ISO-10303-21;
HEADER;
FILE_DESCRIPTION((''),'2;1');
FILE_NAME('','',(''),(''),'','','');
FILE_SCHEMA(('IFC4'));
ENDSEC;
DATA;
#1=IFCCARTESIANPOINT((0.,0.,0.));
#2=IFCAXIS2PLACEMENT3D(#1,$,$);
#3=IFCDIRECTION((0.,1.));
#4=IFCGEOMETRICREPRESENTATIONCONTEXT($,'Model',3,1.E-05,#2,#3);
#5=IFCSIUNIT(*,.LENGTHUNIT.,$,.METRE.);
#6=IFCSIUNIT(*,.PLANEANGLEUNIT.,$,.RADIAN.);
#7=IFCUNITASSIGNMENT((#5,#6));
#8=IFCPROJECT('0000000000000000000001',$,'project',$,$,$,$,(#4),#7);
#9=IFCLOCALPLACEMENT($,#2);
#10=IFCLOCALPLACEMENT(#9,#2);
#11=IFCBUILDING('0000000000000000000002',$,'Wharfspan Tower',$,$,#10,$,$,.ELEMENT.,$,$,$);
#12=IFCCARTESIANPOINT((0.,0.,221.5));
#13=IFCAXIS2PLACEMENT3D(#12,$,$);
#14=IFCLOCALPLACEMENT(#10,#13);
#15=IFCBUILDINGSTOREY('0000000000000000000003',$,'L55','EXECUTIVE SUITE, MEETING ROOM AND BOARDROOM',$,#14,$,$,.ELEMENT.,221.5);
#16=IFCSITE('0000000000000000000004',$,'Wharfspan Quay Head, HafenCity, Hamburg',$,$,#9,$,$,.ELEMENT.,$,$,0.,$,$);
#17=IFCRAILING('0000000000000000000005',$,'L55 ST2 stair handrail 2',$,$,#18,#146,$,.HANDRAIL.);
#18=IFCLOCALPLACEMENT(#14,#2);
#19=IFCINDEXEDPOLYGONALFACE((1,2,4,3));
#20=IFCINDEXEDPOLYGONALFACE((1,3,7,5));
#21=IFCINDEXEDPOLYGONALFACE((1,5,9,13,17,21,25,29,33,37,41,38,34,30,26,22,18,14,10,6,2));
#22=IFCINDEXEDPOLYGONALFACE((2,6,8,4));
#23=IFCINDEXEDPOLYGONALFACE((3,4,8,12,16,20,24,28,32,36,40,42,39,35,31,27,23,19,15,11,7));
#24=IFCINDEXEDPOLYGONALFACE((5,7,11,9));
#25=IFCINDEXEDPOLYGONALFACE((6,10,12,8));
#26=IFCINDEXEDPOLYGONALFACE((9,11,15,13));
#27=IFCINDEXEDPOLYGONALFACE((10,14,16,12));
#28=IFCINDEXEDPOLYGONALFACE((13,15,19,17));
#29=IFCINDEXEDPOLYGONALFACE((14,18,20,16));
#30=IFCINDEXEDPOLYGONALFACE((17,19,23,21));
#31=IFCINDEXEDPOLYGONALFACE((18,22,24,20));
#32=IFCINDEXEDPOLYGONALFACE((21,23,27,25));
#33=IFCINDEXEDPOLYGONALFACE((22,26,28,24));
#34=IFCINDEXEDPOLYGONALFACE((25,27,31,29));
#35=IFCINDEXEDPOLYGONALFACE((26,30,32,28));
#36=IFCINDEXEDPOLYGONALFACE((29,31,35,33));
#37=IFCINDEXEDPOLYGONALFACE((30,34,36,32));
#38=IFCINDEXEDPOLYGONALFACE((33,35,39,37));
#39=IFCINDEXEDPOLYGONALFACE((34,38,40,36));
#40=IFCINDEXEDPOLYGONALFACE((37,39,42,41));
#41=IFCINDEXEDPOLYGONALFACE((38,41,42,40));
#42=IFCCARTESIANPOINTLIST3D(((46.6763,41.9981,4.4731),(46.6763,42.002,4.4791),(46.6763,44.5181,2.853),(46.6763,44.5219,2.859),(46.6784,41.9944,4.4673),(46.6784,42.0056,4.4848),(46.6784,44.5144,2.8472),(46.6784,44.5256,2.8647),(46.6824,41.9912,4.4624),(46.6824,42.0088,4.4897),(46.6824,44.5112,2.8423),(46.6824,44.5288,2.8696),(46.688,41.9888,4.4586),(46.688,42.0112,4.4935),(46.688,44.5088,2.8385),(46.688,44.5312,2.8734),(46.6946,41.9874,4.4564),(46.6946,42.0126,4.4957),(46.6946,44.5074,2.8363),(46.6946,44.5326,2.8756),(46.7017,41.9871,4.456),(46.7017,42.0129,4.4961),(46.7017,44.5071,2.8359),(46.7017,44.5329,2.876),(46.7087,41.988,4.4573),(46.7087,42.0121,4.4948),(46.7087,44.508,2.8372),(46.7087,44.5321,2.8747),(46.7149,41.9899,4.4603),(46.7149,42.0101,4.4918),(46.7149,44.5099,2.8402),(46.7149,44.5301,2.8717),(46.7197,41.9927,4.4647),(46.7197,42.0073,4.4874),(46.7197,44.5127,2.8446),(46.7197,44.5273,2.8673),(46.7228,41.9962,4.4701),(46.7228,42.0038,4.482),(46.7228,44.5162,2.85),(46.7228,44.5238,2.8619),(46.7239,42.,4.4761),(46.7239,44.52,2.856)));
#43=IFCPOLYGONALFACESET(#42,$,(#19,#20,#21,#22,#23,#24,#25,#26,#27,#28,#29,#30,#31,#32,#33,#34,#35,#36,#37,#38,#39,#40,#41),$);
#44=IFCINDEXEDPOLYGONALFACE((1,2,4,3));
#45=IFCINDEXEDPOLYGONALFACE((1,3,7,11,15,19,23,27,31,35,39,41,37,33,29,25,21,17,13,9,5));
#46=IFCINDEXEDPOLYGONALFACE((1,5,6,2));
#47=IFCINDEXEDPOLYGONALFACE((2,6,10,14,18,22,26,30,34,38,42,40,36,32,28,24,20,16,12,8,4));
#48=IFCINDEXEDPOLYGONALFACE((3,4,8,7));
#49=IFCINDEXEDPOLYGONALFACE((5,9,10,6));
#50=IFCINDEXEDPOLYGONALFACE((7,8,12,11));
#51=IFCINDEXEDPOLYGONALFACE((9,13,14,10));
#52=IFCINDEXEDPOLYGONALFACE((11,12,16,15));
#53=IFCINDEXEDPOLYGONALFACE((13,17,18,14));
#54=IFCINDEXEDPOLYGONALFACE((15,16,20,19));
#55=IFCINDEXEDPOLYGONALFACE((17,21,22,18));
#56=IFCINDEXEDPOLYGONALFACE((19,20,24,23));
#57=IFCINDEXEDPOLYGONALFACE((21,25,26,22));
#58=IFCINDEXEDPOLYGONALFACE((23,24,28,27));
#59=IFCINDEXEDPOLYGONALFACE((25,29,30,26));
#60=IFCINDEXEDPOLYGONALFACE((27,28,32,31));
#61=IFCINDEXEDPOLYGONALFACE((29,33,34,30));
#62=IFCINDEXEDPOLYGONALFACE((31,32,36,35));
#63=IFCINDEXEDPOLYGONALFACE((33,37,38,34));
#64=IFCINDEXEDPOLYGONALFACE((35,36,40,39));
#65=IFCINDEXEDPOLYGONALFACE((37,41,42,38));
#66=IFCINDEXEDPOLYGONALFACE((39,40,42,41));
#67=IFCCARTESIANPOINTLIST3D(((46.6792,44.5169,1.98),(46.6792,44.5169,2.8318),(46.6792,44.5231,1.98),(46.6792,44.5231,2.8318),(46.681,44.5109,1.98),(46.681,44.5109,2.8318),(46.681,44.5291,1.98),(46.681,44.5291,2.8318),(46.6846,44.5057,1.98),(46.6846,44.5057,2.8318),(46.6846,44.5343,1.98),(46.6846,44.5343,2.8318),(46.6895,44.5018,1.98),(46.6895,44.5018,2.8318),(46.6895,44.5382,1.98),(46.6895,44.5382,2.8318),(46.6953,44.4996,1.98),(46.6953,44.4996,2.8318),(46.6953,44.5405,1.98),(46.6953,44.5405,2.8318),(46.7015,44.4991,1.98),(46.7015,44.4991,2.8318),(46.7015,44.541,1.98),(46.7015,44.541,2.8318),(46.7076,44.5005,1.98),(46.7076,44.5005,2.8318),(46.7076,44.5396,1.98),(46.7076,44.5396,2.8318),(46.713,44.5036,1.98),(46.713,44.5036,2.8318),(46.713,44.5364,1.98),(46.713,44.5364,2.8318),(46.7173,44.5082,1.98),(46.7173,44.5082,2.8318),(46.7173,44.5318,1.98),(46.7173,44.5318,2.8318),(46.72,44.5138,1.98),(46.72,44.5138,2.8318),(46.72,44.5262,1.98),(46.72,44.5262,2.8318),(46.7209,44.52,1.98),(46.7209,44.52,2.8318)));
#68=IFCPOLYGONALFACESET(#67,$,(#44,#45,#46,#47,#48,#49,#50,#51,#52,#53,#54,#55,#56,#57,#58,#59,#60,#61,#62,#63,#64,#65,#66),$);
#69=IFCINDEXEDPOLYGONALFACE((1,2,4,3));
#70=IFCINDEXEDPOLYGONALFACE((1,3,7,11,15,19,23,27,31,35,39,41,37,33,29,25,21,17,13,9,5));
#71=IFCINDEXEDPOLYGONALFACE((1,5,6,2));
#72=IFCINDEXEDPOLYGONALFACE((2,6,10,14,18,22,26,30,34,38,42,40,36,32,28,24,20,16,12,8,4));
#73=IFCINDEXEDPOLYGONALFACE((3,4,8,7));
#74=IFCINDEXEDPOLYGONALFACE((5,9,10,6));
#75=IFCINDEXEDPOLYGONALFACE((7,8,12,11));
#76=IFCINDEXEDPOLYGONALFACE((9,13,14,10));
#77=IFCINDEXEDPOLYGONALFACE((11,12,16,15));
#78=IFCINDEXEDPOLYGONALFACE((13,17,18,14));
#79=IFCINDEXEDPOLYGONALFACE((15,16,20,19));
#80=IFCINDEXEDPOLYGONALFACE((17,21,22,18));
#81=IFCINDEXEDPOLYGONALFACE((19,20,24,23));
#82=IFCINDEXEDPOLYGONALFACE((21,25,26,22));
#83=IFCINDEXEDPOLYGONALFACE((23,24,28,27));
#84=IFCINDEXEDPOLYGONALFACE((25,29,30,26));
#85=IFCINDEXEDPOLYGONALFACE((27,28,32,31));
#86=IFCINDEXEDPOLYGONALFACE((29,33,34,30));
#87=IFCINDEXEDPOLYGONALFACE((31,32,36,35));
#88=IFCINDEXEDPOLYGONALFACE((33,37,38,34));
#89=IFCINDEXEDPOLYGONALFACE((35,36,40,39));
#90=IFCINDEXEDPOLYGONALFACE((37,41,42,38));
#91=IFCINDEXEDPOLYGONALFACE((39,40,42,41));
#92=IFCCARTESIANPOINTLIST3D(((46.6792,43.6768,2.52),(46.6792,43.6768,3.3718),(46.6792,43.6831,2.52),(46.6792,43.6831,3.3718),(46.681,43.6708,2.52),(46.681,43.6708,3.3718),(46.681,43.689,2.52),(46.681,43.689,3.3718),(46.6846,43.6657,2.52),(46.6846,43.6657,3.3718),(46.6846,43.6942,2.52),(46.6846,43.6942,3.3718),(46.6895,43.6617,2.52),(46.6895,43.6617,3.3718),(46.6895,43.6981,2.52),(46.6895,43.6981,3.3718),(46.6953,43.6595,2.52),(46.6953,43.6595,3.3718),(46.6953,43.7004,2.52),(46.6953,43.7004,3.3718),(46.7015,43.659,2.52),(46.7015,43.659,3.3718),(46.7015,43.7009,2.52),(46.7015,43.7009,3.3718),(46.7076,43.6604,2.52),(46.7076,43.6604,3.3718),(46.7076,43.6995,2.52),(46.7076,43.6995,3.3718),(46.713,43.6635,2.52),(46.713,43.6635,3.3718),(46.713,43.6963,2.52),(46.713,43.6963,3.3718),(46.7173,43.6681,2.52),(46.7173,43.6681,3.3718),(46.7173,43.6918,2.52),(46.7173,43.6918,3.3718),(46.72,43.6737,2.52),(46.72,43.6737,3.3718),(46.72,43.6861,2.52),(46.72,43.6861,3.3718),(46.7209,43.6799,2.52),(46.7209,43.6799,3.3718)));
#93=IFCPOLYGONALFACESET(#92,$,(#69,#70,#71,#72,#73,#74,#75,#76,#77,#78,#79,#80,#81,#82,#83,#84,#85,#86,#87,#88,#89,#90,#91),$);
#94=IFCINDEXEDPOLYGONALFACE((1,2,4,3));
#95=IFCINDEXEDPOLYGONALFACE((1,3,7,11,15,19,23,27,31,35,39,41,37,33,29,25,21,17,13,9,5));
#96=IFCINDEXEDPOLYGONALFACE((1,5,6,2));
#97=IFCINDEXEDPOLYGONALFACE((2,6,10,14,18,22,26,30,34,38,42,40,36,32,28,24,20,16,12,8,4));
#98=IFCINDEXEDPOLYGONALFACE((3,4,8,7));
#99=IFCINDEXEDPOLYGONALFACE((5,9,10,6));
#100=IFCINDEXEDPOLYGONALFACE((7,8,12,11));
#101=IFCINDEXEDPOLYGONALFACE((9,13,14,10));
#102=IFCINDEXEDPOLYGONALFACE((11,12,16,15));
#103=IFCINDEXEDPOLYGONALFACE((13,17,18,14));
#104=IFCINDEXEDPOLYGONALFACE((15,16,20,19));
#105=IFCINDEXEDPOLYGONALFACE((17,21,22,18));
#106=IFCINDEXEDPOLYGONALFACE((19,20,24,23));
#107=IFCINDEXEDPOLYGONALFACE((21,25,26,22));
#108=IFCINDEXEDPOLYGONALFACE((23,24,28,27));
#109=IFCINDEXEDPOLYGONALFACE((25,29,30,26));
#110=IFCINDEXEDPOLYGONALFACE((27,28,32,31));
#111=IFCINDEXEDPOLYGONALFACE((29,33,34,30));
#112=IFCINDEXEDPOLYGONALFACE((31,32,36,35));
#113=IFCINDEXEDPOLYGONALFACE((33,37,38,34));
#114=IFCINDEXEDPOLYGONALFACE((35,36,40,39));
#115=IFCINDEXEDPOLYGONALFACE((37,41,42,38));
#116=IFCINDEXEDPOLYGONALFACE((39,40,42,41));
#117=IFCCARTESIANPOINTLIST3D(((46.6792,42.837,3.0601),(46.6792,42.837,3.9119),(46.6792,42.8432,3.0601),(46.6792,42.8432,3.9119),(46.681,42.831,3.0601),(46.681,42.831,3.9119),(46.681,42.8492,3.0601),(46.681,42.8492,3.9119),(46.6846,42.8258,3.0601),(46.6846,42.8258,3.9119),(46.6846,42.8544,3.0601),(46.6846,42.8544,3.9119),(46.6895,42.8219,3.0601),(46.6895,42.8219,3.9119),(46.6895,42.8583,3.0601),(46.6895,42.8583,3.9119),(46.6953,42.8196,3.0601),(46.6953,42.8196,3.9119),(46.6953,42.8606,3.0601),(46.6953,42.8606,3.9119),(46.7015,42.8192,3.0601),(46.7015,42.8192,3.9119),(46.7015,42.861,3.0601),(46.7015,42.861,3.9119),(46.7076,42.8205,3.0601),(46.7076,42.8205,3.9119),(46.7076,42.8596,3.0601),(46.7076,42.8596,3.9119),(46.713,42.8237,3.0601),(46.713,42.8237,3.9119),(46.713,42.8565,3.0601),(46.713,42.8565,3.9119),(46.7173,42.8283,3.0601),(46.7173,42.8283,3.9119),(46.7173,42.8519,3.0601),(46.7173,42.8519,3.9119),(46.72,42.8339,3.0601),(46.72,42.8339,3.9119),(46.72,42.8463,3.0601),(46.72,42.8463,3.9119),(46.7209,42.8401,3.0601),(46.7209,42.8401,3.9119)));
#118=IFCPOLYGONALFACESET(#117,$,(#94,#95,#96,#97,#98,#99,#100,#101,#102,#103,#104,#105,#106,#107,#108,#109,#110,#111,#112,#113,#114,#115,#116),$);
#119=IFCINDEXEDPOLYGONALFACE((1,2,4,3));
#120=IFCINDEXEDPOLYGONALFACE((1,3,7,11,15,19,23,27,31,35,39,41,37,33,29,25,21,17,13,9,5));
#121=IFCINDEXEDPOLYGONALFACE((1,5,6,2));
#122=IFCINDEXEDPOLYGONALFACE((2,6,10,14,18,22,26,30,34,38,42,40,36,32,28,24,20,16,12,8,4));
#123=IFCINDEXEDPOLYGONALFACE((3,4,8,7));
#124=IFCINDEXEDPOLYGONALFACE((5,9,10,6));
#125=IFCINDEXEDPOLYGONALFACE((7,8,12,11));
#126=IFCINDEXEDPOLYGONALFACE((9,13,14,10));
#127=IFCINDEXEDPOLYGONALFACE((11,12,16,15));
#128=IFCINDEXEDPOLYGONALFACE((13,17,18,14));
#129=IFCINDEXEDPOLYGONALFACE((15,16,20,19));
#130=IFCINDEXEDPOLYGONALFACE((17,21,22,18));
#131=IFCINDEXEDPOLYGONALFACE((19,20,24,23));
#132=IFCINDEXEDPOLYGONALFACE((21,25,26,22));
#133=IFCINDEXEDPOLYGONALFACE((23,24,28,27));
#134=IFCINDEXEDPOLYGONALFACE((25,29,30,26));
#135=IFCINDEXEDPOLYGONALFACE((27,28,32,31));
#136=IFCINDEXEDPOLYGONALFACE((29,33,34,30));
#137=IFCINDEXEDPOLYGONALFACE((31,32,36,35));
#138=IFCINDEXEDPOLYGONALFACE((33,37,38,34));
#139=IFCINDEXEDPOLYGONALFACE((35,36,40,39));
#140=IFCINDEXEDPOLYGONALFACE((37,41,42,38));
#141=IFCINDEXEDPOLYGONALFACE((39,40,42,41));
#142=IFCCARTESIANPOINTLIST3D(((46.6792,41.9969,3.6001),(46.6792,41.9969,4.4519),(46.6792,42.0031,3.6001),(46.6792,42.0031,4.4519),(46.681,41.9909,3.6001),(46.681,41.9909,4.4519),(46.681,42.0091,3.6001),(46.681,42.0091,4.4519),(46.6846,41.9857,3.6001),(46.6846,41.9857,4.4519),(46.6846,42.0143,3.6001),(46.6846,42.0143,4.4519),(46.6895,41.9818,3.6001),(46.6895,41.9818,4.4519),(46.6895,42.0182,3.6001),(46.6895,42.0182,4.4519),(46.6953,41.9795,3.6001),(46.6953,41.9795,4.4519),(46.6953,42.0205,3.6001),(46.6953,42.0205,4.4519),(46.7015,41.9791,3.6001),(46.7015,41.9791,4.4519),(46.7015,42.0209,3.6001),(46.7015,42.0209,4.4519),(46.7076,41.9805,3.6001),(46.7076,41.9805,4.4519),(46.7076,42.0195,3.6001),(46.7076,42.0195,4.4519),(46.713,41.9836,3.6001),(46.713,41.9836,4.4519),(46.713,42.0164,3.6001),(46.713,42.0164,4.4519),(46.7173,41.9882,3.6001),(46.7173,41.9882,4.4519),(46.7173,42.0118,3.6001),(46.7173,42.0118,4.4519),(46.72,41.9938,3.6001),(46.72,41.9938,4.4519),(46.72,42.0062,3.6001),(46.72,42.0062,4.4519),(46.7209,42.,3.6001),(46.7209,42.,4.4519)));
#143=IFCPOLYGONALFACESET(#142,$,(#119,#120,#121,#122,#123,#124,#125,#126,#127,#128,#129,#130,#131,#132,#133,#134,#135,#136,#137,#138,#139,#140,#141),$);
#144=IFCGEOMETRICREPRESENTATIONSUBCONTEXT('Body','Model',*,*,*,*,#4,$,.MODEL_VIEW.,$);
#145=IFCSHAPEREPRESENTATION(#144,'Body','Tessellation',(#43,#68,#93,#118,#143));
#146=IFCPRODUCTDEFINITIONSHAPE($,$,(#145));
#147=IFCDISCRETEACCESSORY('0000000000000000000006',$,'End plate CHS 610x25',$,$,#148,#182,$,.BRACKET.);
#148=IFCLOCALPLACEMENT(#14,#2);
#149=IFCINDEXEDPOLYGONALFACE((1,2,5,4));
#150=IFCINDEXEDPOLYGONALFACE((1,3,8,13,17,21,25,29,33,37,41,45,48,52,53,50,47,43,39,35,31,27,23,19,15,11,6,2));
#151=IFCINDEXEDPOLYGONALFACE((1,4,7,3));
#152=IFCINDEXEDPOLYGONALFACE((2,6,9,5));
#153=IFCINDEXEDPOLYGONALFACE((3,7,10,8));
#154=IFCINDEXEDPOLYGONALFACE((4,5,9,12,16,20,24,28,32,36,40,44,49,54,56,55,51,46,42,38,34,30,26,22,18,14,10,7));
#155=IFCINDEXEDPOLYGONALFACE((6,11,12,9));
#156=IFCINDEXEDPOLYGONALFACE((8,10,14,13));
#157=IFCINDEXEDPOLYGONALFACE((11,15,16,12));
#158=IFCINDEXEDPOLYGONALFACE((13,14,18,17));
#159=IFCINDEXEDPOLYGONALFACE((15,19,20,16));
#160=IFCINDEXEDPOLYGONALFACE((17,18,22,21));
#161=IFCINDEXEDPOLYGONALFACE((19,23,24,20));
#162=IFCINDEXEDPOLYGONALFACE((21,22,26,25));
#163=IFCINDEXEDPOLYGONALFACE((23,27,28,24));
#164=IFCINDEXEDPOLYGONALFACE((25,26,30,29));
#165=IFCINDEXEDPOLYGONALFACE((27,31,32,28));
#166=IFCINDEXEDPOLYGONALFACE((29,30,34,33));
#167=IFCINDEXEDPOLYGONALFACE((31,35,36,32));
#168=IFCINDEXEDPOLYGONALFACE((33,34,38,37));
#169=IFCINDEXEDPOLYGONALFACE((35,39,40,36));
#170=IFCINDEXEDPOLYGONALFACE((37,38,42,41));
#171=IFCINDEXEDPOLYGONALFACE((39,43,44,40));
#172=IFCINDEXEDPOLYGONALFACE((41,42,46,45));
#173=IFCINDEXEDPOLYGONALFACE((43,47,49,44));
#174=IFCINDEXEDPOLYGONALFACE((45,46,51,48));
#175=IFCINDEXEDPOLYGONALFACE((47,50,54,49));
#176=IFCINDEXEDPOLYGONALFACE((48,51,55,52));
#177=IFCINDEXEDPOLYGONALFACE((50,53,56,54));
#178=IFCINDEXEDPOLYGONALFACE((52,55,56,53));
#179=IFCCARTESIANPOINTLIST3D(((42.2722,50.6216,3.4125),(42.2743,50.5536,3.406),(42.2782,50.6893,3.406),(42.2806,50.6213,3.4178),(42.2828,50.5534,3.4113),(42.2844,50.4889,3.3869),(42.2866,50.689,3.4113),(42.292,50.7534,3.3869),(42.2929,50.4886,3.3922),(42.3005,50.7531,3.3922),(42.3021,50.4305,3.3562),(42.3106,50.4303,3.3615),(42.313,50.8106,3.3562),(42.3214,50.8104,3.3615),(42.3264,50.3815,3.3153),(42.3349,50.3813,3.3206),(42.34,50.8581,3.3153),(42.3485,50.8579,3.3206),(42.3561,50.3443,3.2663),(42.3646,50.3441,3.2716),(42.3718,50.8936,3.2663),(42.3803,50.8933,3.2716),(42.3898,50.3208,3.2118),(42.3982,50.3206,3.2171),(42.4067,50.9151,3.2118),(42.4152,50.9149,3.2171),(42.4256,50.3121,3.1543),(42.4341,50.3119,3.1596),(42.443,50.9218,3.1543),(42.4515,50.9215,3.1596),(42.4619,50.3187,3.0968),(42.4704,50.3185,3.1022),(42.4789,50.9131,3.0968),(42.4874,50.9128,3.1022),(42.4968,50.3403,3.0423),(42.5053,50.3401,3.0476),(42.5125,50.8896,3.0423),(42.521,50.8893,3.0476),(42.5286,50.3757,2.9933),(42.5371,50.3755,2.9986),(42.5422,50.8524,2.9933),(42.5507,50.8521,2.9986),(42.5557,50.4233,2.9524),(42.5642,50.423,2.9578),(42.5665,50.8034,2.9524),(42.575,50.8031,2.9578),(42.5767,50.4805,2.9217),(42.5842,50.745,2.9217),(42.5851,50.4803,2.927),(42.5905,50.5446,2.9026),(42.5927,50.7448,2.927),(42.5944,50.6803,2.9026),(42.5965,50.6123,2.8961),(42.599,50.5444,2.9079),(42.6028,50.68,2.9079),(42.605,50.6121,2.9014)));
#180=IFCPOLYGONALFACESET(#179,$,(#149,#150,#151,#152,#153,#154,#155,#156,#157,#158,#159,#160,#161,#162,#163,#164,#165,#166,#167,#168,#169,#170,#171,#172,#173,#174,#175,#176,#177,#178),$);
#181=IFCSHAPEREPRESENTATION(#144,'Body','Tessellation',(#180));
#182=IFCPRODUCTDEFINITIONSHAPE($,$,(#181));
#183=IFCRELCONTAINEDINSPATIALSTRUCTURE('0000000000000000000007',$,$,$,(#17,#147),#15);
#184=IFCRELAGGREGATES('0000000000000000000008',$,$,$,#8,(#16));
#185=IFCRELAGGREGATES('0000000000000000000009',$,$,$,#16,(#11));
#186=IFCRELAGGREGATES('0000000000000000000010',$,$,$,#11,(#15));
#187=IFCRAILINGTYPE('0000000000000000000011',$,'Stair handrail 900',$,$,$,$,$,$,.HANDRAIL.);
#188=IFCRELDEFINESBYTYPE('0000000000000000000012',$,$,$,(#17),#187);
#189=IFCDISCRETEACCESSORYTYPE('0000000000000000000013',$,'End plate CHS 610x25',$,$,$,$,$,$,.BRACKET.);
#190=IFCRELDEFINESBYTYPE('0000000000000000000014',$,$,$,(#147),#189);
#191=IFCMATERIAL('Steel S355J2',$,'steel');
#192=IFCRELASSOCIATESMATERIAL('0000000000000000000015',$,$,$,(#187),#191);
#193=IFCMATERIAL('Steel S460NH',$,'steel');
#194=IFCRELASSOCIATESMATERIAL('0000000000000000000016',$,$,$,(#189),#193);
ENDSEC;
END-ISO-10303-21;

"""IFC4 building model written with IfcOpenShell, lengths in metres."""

from ifc_helpers import new_model, si_unit, direction, frame, origin, origin_2d, place, context, subcontext, project, spatial, circle, extrude, material, material_profile, profile_set, type_object, element, save


model = new_model("IFC4")

# Units and contexts
model_context = context("Model", 3, precision=1e-05, world=origin(), true_north=direction((0.0, 1.0)))
body_context = subcontext(model_context, "Body", "Model", "MODEL_VIEW")
ifc_project = project(units=[si_unit("LENGTHUNIT", "METRE"), si_unit("PLANEANGLEUNIT", "RADIAN")], contexts=[model_context])

# Site, building, storey
site_placement = place(None, origin())
site = spatial("IfcSite", under=ifc_project, at=site_placement, Name="Wharfspan Quay Head, HafenCity, Hamburg", CompositionType="ELEMENT", RefElevation=0.0)
building_placement = place(site_placement, origin())
building = spatial("IfcBuilding", under=site, at=building_placement, Name="Wharfspan Tower", CompositionType="ELEMENT")
storey_placement = place(building_placement, frame((0.0, 0.0, 221.5)))
storey = spatial("IfcBuildingStorey", under=building, at=storey_placement, Name="L55", Description="EXECUTIVE SUITE, MEETING ROOM AND BOARDROOM", CompositionType="ELEMENT", Elevation=221.5)

# Shared definitions
ifc_material_1 = material(Name="Steel S355J2", Category="steel")

# Shared definitions
ifc_material_2 = material(Name="Steel S460NH", Category="steel")

# Railing
railing_type_1 = type_object("IfcRailingType", Name="Stair handrail 900", PredefinedType="HANDRAIL", material=ifc_material_1)
railing_1_placement = place(storey_placement, frame((46.7, 44.52, 1.98)))
element("IfcRailing", 1, at=railing_1_placement, inside=storey, type_object=railing_type_1, Name="L55 ST2 stair handrail 2", PredefinedType="HANDRAIL", context=body_context, shape_type="SweptSolid", body=[
    extrude(circle(Radius=0.0239, at=origin_2d()), frame((0.0, 0.0, 0.876), z_axis=(0.0, -0.841163, 0.540782), x_axis=(1.0, 0.0, 0.0)), (0.0, 0.0, 1.0), 2.9958),
    extrude(circle(Radius=0.021, at=origin_2d()), origin(), (0.0, 0.0, 1.0), 0.8518),
    extrude(circle(Radius=0.021, at=origin_2d()), frame((0.0, -0.8401, 0.54)), (0.0, 0.0, 1.0), 0.8518),
    extrude(circle(Radius=0.021, at=origin_2d()), frame((0.0, -1.6799, 1.0801)), (0.0, 0.0, 1.0), 0.8518),
    extrude(circle(Radius=0.021, at=origin_2d()), frame((0.0, -2.52, 1.6201)), (0.0, 0.0, 1.0), 0.8518),
])

# Discrete accessory
ifc_material_profile_1 = material_profile(ifc_material_2, circle(Radius=0.3049, at=origin_2d()))
ifc_profile_set_1 = profile_set([ifc_material_profile_1], Name="Steel S460NH")
discrete_accessory_type = type_object("IfcDiscreteAccessoryType", Name="End plate CHS 610x25", PredefinedType="BRACKET", material=ifc_profile_set_1)
for number, where, z_axis, x_axis, name in (
    (2, (42.4343, 50.6169, 3.1543), (0.846389, -0.024183, 0.532016), (0.028561, 0.999594, -0.000001), "End plate CHS 610x25"),
):
    element("IfcDiscreteAccessory", number, at=place(storey_placement, frame(where, z_axis=z_axis, x_axis=x_axis)), inside=storey, type_object=discrete_accessory_type, Name=name, PredefinedType="BRACKET", context=body_context, shape_type="SweptSolid", body=[
        extrude(circle(Radius=0.3049, at=origin_2d()), origin(), (0.0, 0.0, 1.0), 0.01),
    ])

save(model, "model.ifc")
